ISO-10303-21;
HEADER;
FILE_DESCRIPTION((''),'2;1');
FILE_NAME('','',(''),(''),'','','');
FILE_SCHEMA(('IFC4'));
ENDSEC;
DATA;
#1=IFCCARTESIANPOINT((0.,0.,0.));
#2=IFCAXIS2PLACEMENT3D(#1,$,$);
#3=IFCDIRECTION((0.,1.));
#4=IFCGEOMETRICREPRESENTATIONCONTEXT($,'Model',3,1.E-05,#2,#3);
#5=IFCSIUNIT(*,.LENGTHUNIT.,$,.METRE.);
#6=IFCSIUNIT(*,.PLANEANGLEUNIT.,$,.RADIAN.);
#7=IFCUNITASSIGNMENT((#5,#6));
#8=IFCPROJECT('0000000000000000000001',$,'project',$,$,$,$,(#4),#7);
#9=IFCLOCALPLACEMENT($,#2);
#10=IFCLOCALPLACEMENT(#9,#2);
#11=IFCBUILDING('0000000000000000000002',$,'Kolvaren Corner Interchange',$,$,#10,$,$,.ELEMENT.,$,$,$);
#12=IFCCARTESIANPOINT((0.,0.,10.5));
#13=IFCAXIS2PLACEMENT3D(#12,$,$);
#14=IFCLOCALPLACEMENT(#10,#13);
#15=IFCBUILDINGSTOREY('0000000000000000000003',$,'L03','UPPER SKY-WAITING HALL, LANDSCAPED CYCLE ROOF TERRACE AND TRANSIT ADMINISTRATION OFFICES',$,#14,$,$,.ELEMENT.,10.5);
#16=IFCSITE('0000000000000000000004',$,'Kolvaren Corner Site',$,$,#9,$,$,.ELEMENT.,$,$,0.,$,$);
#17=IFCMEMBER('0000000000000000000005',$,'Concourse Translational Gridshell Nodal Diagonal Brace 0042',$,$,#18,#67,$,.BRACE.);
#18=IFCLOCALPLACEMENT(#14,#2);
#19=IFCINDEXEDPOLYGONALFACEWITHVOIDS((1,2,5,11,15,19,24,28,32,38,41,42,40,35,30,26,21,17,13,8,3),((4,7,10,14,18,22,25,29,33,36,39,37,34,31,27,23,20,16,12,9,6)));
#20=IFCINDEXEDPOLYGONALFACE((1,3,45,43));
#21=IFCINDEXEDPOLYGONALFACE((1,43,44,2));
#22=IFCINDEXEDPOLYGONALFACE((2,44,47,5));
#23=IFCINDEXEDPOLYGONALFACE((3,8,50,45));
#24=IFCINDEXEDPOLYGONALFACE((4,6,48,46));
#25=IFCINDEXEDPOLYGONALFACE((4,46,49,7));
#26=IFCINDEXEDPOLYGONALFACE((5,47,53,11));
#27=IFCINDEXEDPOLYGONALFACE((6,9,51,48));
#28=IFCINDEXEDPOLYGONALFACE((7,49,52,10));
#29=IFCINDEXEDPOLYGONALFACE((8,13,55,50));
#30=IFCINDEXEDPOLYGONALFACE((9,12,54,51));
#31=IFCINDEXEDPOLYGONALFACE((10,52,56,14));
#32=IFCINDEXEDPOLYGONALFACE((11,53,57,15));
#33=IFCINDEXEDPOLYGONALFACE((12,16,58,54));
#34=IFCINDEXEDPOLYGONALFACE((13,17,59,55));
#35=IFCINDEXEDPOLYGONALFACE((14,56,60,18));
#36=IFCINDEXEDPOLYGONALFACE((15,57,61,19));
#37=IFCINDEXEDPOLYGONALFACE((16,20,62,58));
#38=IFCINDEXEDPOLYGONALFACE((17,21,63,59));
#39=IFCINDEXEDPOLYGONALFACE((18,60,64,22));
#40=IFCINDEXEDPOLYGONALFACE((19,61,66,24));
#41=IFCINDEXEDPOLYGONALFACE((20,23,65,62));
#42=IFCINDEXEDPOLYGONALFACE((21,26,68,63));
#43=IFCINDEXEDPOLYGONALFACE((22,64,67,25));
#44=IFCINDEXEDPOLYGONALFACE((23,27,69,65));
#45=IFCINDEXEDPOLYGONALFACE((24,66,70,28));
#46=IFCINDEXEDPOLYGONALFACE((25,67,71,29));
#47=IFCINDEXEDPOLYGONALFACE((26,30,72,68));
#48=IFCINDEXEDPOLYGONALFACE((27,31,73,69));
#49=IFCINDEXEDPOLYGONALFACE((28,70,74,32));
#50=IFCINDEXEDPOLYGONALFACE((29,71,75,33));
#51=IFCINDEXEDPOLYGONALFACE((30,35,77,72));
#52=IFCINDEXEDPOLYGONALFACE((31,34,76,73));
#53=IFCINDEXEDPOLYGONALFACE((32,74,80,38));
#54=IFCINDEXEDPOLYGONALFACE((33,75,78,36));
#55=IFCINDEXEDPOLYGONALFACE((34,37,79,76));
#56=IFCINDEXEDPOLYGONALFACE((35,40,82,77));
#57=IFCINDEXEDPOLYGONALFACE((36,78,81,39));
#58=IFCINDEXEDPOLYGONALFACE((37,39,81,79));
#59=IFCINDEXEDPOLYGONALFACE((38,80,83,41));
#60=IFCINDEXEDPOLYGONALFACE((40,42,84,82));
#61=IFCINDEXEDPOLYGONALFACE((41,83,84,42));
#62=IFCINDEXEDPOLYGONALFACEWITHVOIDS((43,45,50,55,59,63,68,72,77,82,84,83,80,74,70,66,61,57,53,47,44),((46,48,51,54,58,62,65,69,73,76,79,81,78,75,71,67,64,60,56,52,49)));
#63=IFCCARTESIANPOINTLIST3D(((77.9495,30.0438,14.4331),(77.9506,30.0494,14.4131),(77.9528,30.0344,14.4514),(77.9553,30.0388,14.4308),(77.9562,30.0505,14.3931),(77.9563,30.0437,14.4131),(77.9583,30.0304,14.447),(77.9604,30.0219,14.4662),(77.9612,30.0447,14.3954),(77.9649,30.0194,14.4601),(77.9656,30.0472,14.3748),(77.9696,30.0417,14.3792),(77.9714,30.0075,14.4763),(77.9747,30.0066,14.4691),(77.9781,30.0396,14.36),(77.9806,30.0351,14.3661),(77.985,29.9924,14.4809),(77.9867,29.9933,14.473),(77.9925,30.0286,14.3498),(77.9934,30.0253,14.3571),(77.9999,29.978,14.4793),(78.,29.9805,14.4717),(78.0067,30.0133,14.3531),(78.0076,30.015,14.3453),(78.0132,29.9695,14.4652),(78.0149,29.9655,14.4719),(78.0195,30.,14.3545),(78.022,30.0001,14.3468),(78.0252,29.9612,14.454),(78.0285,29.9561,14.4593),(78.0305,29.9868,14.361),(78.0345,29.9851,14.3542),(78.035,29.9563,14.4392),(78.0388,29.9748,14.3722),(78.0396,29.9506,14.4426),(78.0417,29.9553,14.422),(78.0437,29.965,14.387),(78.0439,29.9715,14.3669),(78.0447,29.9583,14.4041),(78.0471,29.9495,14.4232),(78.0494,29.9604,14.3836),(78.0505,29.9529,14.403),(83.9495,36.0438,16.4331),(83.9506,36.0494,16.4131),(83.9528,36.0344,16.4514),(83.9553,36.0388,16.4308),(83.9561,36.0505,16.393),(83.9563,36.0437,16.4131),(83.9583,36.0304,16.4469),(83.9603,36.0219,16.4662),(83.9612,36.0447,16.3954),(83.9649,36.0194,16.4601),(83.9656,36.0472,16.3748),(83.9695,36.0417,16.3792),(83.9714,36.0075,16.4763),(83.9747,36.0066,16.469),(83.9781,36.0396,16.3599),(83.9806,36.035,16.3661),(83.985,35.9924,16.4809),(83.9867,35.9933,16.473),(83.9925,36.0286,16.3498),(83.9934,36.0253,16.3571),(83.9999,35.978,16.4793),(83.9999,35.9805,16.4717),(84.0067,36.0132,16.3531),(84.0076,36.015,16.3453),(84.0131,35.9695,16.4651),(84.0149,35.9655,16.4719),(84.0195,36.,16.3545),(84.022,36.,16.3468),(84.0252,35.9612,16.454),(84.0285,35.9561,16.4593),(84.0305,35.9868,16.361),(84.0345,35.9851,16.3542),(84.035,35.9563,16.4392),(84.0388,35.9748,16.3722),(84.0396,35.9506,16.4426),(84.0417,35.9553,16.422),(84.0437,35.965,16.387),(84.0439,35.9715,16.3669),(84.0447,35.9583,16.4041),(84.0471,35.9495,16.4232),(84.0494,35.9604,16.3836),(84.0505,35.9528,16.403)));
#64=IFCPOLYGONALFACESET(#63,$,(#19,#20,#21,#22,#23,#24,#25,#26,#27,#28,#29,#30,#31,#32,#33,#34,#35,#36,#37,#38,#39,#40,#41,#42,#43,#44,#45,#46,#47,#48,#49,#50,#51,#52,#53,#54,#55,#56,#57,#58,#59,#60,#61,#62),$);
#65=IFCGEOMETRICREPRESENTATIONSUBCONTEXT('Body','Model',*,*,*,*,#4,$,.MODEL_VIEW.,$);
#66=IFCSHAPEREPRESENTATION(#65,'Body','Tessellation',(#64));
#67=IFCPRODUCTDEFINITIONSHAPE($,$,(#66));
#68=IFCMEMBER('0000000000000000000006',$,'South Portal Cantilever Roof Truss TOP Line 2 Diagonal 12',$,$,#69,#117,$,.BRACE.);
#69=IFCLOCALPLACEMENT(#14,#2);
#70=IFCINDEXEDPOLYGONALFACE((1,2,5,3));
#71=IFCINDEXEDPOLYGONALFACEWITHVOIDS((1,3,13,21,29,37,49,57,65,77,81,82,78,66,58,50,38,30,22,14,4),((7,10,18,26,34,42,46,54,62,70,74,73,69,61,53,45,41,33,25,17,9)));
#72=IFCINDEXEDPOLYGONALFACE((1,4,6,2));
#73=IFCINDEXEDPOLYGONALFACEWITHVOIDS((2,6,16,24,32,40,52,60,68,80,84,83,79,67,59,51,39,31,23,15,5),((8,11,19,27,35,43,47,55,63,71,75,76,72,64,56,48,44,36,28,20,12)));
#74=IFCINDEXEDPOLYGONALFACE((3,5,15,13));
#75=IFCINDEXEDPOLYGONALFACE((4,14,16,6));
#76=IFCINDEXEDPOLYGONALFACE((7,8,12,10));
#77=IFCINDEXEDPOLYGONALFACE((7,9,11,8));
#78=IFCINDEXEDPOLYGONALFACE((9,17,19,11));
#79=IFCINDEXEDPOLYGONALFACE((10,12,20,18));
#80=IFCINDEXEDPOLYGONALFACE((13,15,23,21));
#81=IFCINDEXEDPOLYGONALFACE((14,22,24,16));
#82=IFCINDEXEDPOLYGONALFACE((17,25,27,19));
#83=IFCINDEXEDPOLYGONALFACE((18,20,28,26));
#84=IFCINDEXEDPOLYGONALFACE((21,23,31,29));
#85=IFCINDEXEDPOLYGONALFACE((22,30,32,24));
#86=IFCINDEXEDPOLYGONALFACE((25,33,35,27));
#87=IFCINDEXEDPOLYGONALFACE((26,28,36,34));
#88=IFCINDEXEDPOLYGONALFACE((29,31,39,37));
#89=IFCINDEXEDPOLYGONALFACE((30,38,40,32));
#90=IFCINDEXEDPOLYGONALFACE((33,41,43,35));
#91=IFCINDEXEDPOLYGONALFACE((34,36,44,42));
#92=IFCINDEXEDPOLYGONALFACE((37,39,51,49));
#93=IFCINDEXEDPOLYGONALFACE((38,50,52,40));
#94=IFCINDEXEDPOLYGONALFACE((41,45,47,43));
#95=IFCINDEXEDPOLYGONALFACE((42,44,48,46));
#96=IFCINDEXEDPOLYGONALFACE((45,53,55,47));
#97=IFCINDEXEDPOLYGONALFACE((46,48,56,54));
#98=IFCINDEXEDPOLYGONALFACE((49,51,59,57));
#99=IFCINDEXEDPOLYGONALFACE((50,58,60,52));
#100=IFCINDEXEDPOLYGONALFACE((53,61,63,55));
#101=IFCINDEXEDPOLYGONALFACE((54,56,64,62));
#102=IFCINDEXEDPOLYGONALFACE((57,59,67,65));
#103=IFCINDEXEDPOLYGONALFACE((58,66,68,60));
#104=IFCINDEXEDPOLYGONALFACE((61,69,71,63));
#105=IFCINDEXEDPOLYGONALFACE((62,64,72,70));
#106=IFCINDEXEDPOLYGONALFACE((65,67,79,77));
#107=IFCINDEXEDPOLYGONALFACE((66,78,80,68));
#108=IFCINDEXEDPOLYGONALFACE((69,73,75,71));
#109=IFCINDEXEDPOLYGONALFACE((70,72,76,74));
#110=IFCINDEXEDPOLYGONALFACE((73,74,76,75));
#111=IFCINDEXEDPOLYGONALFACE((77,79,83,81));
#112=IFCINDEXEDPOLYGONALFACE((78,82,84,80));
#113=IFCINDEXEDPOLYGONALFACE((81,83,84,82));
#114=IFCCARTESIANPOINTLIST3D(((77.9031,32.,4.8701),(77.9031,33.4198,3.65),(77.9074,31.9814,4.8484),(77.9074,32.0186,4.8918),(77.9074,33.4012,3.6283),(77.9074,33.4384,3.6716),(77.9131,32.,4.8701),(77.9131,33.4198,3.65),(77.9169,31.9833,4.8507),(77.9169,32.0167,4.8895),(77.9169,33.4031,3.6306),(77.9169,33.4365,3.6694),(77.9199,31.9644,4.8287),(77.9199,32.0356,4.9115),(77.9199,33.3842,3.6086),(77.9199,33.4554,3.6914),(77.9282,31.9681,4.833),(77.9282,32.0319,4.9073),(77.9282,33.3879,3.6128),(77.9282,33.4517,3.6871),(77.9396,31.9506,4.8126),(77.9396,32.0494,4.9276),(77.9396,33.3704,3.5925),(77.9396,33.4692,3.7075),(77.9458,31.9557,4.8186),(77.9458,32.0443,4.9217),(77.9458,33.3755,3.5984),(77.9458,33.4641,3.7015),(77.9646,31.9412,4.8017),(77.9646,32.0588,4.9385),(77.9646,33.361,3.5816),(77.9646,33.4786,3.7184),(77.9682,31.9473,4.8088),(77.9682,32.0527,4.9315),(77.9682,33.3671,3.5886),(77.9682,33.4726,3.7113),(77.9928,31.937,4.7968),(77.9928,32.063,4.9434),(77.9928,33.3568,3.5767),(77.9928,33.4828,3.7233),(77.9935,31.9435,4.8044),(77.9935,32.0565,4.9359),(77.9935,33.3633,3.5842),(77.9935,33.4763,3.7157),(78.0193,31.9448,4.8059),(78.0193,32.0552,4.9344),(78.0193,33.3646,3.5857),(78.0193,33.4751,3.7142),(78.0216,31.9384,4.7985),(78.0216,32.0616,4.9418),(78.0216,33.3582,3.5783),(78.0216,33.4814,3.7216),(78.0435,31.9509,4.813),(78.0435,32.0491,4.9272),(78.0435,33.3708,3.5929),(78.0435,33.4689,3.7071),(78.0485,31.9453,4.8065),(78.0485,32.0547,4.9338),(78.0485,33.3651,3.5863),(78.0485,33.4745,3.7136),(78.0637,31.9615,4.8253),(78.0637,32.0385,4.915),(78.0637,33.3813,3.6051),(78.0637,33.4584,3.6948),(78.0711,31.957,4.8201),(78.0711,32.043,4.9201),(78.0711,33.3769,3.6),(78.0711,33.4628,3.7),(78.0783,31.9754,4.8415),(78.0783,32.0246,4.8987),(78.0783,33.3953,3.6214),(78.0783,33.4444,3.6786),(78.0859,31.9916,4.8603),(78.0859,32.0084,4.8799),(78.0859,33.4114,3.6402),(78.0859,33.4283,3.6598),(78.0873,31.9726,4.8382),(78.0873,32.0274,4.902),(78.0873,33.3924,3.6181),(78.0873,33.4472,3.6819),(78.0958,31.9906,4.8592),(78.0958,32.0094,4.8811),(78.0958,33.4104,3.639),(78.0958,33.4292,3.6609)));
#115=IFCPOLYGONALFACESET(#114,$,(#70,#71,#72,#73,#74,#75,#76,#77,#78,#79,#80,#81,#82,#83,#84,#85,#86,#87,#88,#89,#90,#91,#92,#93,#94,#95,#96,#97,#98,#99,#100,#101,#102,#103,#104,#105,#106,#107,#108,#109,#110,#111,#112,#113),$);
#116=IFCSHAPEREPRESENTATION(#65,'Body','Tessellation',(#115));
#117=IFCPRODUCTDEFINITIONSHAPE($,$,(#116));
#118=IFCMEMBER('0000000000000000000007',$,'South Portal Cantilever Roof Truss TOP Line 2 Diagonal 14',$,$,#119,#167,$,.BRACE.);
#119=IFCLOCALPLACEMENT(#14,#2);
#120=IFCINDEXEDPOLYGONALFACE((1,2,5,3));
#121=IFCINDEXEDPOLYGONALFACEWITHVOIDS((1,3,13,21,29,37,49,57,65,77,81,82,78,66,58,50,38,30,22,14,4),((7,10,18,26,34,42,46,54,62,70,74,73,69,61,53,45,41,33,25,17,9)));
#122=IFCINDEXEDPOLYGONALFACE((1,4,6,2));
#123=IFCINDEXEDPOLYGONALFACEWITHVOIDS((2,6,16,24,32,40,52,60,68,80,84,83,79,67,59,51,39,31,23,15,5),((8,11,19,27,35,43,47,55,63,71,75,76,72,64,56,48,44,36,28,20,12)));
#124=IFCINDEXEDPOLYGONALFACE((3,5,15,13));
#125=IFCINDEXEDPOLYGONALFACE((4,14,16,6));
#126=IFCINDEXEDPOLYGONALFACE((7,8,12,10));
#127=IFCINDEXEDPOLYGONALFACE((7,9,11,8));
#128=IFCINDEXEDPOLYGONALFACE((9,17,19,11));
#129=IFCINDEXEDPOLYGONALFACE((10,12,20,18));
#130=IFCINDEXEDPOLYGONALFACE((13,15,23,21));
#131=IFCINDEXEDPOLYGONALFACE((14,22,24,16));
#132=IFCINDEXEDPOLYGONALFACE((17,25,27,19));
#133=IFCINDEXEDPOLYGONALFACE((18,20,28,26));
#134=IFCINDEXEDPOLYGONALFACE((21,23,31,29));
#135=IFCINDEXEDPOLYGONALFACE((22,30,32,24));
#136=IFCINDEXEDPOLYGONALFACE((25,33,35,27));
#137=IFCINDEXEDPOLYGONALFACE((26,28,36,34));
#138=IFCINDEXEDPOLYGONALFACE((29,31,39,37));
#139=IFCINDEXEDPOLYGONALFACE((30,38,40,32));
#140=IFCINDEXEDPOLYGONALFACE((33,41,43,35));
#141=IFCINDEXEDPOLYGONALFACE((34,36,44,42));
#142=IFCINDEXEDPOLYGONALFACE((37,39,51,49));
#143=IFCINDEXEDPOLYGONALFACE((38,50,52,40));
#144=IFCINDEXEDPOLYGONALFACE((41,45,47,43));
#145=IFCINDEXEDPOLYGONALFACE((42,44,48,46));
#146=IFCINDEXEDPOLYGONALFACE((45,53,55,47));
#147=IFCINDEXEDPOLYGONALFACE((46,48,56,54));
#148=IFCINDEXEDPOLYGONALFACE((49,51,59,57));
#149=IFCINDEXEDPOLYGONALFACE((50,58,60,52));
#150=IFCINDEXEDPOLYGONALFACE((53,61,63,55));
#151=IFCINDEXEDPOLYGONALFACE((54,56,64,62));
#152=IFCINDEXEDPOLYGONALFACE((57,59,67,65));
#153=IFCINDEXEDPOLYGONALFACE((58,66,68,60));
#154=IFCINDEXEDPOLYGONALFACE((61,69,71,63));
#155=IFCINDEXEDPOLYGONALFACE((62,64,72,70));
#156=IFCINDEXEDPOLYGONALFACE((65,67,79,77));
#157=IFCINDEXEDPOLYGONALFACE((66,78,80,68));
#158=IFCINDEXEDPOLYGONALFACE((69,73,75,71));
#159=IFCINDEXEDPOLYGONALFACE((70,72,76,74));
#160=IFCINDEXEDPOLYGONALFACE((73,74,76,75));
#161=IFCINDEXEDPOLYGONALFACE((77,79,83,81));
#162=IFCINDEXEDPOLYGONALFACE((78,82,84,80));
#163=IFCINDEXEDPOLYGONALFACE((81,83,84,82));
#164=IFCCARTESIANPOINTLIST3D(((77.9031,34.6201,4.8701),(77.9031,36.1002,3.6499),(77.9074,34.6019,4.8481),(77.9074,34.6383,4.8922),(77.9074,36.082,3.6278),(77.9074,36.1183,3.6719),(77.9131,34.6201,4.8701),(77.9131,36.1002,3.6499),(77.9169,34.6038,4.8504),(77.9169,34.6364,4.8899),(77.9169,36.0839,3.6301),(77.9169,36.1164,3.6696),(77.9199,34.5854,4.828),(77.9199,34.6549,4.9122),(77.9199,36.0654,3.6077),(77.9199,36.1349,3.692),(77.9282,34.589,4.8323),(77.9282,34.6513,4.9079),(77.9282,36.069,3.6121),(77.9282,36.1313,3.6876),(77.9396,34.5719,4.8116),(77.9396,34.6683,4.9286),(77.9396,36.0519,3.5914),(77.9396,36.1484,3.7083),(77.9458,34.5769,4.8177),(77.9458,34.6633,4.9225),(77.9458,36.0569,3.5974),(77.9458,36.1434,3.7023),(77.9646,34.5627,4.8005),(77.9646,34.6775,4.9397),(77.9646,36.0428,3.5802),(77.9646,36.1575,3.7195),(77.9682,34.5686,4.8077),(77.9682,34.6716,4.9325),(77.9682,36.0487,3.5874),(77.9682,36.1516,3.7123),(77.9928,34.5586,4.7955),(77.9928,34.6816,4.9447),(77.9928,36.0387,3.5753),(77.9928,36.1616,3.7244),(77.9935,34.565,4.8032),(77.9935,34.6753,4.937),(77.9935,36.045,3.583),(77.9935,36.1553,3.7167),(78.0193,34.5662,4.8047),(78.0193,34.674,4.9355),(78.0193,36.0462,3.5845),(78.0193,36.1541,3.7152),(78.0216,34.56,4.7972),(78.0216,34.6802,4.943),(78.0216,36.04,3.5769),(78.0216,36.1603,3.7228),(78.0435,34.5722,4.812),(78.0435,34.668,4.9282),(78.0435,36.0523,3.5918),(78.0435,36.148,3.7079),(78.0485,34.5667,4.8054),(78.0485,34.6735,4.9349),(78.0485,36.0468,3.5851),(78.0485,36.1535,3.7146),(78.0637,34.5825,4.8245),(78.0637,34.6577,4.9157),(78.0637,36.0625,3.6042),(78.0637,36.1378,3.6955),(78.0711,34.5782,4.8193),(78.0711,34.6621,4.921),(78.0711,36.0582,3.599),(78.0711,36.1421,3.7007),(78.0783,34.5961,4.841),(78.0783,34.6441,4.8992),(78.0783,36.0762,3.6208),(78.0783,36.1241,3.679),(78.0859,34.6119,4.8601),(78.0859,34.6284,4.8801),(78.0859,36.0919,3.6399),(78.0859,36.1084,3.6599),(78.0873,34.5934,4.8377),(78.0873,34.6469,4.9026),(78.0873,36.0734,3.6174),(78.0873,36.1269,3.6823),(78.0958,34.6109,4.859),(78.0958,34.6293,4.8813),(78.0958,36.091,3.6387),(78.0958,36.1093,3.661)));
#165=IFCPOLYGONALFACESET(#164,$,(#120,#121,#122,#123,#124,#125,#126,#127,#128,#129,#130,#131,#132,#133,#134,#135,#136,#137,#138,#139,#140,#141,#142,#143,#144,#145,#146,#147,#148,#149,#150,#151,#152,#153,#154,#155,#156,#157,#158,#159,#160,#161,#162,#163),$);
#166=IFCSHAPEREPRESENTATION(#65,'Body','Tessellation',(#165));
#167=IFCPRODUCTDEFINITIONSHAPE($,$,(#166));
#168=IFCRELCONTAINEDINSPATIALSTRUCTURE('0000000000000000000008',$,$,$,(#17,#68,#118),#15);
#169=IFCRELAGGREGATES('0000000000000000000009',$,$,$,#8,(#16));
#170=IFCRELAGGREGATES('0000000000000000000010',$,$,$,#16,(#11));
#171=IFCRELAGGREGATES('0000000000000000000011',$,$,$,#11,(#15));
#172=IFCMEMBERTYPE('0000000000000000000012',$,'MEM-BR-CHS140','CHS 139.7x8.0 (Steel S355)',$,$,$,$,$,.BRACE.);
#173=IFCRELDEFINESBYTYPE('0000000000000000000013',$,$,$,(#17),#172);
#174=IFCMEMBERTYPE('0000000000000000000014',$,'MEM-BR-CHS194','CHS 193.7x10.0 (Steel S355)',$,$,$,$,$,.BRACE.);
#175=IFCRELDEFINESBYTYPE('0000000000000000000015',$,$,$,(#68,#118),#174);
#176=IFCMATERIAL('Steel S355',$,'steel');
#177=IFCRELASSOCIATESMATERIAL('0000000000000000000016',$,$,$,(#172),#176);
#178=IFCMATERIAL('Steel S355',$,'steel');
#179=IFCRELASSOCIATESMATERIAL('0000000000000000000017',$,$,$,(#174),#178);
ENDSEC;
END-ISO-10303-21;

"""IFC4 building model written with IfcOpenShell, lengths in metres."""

from ifc_helpers import new_model, si_unit, direction, frame, origin, origin_2d, place, context, subcontext, project, spatial, hollow_circle, extrude, material, material_profile, profile_set, type_object, element, save


model = new_model("IFC4")

# Units and contexts
model_context = context("Model", 3, precision=1e-05, world=origin(), true_north=direction((0.0, 1.0)))
body_context = subcontext(model_context, "Body", "Model", "MODEL_VIEW")
ifc_project = project(units=[si_unit("LENGTHUNIT", "METRE"), si_unit("PLANEANGLEUNIT", "RADIAN")], contexts=[model_context])

# Site, building, storey
site_placement = place(None, origin())
site = spatial("IfcSite", under=ifc_project, at=site_placement, Name="Kolvaren Corner Site", CompositionType="ELEMENT", RefElevation=0.0)
building_placement = place(site_placement, origin())
building = spatial("IfcBuilding", under=site, at=building_placement, Name="Kolvaren Corner Interchange", CompositionType="ELEMENT")
storey_placement = place(building_placement, frame((0.0, 0.0, 10.5)))
storey = spatial("IfcBuildingStorey", under=building, at=storey_placement, Name="L03", Description="UPPER SKY-WAITING HALL, LANDSCAPED CYCLE ROOF TERRACE AND TRANSIT ADMINISTRATION OFFICES", CompositionType="ELEMENT", Elevation=10.5)

# Members
ifc_material_1 = material(Name="Steel S355", Category="steel")
ifc_material_profile_1 = material_profile(ifc_material_1, hollow_circle(Radius=0.0698, WallThickness=0.0081, at=origin_2d()), Name="CHS 139.7x8.0")
ifc_profile_set_1 = profile_set([ifc_material_profile_1], Name="Steel S355")
member_type_1 = type_object("IfcMemberType", Name="MEM-BR-CHS140", Description="CHS 139.7x8.0 (Steel S355)", PredefinedType="BRACE", material=ifc_profile_set_1)
member_1_placement = place(storey_placement, frame((78.0, 30.0, 14.4131), z_axis=(0.688247, 0.688247, 0.229416), x_axis=(-0.707107, 0.707107, 0.0)))
element("IfcMember", 1, at=member_1_placement, inside=storey, type_object=member_type_1, Name="Concourse Translational Gridshell Nodal Diagonal Brace 0042", PredefinedType="BRACE", context=body_context, shape_type="SweptSolid", body=[
    extrude(hollow_circle(Radius=0.0698, WallThickness=0.0081, at=origin_2d()), origin(), (0.0, 0.0, 1.0), 8.7178),
])
ifc_material_2 = material(Name="Steel S355", Category="steel")
ifc_material_profile_2 = material_profile(ifc_material_2, hollow_circle(Radius=0.0969, WallThickness=0.01, at=origin_2d()), Name="CHS 193.7x10.0")
ifc_profile_set_2 = profile_set([ifc_material_profile_2], Name="Steel S355")
member_type_2 = type_object("IfcMemberType", Name="MEM-BR-CHS194", Description="CHS 193.7x10.0 (Steel S355)", PredefinedType="BRACE", material=ifc_profile_set_2)
member_2_placement = place(storey_placement, frame((78.0, 32.0, 4.8701), z_axis=(0.0, 0.758428, -0.651757), x_axis=(-1.0, 0.0, 0.0)))
element("IfcMember", 2, at=member_2_placement, inside=storey, type_object=member_type_2, Name="South Portal Cantilever Roof Truss TOP Line 2 Diagonal 12", PredefinedType="BRACE", context=body_context, shape_type="SweptSolid", body=[
    extrude(hollow_circle(Radius=0.0969, WallThickness=0.01, at=origin_2d()), origin(), (0.0, 0.0, 1.0), 1.8721),
])
member_3_placement = place(storey_placement, frame((78.0, 34.6201, 4.8701), z_axis=(0.0, 0.77157, -0.636144), x_axis=(-1.0, 0.0, 0.0)))
element("IfcMember", 3, at=member_3_placement, inside=storey, type_object=member_type_2, Name="South Portal Cantilever Roof Truss TOP Line 2 Diagonal 14", PredefinedType="BRACE", context=body_context, shape_type="SweptSolid", body=[
    extrude(hollow_circle(Radius=0.0969, WallThickness=0.01, at=origin_2d()), origin(), (0.0, 0.0, 1.0), 1.9182),
])

save(model, "model.ifc")
